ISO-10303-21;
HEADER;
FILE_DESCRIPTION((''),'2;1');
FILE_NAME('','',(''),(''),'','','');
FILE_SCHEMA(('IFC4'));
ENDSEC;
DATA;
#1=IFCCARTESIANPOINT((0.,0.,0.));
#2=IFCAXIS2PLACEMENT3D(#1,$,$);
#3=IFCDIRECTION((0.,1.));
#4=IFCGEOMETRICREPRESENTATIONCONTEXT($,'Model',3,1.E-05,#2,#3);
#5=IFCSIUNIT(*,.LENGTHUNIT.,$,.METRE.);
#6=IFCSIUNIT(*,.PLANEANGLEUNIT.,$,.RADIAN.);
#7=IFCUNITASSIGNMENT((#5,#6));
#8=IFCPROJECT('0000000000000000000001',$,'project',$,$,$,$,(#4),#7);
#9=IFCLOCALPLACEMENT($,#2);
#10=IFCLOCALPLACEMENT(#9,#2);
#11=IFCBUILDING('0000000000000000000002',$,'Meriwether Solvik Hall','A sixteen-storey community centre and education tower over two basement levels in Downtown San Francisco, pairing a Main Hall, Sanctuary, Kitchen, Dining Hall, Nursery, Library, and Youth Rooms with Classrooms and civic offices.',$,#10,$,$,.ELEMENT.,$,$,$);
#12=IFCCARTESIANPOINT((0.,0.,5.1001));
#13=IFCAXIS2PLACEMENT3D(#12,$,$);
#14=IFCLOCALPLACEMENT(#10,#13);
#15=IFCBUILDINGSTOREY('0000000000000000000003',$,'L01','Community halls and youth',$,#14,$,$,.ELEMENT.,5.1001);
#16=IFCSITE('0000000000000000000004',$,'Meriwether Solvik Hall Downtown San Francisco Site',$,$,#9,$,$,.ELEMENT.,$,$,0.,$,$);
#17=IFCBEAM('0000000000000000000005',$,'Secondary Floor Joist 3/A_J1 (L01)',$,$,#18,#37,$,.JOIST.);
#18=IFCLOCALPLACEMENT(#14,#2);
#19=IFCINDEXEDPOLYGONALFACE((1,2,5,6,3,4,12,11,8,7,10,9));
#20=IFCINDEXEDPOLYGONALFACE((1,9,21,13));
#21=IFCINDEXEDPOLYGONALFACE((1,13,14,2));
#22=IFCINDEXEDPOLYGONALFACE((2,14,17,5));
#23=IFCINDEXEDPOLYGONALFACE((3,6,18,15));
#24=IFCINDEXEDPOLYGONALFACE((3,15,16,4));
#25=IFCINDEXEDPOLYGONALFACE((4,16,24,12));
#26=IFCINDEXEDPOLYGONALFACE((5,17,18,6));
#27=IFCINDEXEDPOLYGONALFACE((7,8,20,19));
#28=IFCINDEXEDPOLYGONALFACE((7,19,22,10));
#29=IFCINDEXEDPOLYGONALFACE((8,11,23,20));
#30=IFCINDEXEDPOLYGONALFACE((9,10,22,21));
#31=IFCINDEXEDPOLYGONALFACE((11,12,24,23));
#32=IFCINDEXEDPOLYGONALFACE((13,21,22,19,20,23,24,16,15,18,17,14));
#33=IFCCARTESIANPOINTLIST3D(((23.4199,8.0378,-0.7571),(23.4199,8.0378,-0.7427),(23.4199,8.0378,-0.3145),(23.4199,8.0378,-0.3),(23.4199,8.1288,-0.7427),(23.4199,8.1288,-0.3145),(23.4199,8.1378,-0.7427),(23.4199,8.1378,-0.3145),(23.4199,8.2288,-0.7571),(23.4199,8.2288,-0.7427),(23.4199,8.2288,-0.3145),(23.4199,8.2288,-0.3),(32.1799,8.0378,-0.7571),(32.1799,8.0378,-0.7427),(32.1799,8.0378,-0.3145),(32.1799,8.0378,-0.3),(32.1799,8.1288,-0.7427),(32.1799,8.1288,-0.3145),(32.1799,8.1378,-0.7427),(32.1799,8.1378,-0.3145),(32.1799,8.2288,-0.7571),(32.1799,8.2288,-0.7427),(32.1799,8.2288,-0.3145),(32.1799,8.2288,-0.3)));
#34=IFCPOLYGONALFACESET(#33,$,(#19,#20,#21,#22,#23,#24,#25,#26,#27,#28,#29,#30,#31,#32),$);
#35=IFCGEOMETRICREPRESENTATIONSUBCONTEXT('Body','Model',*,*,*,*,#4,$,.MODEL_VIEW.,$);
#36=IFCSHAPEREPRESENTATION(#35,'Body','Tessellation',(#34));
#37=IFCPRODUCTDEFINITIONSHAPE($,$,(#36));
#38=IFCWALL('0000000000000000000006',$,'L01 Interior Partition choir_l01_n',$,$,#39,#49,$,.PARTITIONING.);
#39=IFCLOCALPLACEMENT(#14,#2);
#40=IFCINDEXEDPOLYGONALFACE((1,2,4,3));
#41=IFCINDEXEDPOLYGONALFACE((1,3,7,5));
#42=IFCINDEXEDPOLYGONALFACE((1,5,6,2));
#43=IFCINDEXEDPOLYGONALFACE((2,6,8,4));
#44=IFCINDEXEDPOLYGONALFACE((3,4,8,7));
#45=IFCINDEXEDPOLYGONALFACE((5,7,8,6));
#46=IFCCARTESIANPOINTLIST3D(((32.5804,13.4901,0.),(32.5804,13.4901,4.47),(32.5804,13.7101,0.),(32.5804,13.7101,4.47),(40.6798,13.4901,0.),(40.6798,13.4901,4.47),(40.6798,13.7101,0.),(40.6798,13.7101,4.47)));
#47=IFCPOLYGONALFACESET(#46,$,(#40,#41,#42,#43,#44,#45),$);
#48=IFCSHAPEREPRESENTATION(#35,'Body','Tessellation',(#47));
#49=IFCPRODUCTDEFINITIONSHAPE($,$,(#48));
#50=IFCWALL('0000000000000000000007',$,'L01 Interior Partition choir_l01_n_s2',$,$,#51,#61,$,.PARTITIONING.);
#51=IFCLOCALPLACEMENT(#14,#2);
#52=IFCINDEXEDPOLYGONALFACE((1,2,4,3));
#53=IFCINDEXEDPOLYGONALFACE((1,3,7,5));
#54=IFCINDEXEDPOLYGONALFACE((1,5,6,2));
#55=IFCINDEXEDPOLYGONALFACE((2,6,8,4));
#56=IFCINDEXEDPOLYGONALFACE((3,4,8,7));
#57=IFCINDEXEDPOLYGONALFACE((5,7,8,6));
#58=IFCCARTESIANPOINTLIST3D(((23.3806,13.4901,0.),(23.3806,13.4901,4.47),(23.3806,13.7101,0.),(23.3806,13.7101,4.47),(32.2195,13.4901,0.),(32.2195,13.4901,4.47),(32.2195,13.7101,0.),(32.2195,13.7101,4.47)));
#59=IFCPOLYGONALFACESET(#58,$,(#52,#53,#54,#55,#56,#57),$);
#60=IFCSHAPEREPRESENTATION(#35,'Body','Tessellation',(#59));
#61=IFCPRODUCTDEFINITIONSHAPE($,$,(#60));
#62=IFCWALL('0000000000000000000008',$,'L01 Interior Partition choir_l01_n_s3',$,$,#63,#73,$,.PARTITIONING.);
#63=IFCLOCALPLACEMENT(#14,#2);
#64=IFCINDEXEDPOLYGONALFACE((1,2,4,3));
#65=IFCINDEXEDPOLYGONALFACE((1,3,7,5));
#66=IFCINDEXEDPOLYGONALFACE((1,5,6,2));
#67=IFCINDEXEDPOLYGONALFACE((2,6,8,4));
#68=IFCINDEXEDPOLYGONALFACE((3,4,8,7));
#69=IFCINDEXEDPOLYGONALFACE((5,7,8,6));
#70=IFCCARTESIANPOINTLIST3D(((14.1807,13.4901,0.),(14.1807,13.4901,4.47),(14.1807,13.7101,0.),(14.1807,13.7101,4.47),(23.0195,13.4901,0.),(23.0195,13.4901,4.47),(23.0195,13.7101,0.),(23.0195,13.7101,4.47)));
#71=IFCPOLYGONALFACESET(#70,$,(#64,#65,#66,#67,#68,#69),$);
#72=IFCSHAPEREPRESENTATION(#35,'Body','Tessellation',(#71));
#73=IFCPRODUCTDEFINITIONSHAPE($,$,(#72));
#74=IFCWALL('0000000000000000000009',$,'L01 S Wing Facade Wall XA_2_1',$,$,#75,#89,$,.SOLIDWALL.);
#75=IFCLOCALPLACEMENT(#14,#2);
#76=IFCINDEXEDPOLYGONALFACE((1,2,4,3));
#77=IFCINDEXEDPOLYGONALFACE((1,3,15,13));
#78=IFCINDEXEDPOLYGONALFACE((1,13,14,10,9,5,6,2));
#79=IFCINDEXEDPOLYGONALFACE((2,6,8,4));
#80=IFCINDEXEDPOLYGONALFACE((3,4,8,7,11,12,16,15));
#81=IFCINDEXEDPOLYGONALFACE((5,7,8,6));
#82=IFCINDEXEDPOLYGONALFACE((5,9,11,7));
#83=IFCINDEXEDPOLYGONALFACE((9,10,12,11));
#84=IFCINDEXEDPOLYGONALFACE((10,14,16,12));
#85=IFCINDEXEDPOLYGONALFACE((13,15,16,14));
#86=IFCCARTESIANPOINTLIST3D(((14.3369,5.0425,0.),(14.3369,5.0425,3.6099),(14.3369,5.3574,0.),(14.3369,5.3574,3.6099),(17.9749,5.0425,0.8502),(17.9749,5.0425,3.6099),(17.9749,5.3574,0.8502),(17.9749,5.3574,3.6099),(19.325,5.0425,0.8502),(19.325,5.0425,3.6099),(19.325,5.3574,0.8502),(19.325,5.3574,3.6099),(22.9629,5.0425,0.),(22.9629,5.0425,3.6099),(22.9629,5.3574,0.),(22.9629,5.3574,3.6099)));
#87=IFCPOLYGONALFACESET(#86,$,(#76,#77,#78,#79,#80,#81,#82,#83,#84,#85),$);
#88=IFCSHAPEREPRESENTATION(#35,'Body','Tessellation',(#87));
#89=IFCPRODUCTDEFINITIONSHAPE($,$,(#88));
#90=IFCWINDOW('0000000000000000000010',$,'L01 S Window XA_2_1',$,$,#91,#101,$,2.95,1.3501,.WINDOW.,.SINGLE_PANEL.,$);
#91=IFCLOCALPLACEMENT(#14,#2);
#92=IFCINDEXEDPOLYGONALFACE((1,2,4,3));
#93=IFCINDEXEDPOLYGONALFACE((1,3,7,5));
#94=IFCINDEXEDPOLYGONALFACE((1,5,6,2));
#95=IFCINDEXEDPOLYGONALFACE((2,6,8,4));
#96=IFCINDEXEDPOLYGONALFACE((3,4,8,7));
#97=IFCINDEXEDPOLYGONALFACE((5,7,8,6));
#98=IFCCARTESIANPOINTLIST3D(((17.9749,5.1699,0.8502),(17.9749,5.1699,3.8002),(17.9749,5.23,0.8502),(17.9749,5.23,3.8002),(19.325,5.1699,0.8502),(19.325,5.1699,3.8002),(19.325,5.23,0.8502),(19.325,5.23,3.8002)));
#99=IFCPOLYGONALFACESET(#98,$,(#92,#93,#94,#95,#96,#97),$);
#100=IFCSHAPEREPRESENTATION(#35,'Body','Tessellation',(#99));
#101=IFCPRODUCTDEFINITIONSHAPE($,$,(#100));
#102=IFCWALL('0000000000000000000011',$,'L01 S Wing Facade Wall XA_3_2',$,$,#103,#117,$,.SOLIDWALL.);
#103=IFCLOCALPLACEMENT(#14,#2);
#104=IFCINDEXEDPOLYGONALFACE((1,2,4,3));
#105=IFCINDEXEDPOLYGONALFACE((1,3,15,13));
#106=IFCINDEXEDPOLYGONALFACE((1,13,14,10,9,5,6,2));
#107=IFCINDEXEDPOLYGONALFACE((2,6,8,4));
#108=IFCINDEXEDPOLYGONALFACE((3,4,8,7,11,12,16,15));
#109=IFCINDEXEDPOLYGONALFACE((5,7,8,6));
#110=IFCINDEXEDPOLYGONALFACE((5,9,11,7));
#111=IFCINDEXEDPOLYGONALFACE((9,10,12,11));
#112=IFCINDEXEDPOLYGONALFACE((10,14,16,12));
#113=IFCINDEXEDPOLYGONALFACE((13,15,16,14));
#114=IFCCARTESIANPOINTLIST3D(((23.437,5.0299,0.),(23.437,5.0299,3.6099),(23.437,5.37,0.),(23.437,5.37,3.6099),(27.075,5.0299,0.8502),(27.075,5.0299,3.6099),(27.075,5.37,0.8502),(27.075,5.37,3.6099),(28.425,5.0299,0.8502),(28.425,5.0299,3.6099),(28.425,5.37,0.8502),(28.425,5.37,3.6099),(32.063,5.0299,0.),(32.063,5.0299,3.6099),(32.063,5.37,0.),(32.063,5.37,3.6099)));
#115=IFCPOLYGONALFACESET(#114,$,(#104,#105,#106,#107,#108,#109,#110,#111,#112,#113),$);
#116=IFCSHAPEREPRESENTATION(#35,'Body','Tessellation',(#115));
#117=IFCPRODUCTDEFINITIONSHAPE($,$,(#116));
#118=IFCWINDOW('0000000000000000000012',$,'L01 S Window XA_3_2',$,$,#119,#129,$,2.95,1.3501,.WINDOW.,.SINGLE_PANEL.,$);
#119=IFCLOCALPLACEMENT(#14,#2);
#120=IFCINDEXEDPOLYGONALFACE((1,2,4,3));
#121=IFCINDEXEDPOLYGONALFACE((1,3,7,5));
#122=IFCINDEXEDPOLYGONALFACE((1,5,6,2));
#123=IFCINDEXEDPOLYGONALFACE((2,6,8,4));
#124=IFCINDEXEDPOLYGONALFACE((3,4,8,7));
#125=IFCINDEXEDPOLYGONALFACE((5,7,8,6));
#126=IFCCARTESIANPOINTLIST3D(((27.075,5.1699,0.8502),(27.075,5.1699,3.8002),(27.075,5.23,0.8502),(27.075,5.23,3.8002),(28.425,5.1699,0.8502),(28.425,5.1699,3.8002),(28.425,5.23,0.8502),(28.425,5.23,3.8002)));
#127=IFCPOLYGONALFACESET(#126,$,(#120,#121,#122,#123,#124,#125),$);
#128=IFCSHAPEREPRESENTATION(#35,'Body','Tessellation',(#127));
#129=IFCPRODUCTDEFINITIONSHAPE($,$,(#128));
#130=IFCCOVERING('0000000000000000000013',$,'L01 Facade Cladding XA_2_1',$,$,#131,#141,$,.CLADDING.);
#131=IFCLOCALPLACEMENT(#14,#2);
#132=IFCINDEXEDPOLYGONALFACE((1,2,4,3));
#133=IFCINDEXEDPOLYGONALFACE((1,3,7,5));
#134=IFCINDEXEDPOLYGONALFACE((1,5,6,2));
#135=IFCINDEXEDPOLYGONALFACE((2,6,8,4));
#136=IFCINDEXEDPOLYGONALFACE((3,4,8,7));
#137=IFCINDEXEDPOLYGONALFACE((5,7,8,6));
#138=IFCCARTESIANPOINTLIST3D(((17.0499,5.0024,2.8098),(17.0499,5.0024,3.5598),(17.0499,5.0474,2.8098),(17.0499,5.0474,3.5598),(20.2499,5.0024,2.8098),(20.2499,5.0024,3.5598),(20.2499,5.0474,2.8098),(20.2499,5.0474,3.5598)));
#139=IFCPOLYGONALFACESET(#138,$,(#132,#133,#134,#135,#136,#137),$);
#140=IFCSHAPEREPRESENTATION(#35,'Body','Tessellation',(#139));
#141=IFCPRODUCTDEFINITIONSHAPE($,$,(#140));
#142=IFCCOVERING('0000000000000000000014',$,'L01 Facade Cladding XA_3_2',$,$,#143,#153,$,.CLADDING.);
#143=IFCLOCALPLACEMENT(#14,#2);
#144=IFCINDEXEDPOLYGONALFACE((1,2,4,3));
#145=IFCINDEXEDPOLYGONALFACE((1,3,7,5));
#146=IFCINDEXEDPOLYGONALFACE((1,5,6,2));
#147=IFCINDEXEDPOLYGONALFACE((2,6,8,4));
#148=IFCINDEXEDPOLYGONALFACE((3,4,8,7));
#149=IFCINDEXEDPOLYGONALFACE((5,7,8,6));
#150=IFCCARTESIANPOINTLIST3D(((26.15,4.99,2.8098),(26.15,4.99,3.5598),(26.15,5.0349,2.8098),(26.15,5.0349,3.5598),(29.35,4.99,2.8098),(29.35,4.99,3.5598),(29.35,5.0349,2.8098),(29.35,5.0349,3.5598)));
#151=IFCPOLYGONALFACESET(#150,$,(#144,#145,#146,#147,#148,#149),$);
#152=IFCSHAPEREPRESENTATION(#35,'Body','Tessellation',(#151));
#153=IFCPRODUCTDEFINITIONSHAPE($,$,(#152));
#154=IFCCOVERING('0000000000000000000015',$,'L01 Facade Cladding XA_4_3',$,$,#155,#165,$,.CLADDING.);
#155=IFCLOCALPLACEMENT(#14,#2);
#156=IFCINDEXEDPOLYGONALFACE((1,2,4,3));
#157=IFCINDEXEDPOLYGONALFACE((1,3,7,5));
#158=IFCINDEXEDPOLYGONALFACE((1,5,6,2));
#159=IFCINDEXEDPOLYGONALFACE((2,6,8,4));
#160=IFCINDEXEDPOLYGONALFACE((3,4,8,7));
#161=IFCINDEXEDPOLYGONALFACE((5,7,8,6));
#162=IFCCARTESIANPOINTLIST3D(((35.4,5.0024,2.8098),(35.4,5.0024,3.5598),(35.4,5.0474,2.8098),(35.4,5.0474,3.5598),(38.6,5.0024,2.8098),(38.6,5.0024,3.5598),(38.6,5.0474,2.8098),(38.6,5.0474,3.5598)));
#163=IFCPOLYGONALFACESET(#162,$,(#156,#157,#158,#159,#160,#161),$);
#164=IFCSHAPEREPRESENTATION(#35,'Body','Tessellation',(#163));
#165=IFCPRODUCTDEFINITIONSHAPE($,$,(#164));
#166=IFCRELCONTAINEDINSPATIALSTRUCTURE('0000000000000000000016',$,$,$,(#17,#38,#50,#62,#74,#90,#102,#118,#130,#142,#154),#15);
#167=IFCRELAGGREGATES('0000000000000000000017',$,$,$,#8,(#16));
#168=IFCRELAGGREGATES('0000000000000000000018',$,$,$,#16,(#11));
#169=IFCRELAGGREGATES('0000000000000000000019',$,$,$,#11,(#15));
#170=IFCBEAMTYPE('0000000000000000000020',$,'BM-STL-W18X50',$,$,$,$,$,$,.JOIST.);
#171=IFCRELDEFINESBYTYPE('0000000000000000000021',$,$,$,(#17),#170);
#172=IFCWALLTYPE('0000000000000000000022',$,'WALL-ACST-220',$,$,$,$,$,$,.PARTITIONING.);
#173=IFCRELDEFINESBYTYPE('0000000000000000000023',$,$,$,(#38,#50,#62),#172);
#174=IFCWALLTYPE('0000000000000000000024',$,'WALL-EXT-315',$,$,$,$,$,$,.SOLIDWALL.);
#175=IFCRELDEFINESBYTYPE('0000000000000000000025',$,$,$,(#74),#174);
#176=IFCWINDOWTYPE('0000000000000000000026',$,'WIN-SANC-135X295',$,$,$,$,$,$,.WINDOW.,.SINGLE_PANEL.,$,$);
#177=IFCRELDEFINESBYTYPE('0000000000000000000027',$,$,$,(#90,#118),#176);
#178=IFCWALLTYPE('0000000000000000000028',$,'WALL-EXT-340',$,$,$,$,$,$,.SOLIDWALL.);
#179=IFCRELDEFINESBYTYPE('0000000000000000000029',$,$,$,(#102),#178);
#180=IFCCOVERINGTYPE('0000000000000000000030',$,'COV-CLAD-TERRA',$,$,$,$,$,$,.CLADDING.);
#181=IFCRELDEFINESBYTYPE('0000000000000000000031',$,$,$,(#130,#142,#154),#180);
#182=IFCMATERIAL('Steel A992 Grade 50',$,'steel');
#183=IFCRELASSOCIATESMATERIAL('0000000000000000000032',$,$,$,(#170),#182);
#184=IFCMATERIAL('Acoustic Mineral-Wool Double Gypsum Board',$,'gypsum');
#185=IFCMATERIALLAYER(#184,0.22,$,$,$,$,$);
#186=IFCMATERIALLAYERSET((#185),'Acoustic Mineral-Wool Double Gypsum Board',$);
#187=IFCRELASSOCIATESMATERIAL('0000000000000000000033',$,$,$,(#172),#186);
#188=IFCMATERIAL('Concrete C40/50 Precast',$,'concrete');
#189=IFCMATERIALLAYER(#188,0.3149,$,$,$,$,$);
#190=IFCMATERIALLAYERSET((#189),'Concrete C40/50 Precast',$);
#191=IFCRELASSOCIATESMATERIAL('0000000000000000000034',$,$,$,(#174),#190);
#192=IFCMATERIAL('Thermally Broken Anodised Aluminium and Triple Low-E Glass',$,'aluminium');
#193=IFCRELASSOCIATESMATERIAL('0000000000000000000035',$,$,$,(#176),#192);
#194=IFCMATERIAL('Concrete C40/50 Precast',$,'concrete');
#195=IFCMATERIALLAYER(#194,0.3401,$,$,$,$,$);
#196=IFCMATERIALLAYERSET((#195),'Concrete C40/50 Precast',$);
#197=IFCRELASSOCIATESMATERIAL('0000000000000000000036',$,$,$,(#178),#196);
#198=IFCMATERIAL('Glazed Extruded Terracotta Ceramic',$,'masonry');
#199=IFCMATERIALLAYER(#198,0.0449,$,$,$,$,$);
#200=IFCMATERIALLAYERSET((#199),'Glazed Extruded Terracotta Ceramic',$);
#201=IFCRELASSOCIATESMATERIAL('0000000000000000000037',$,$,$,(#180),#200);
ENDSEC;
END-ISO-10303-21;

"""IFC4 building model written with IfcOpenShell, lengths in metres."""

from ifc_helpers import new_model, si_unit, direction, frame, frame_2d, origin, origin_2d, place, context, subcontext, project, spatial, rectangle, i_section, extrude, material, layer, layer_set, material_profile, profile_set, type_object, element, fill, save


model = new_model("IFC4")

# Units and contexts
model_context = context("Model", 3, precision=1e-05, world=origin(), true_north=direction((0.0, 1.0)))
body_context = subcontext(model_context, "Body", "Model", "MODEL_VIEW")
ifc_project = project(units=[si_unit("LENGTHUNIT", "METRE"), si_unit("PLANEANGLEUNIT", "RADIAN")], contexts=[model_context])

# Site, building, storey
site_placement = place(None, origin())
site = spatial("IfcSite", under=ifc_project, at=site_placement, Name="Meriwether Solvik Hall Downtown San Francisco Site", CompositionType="ELEMENT", RefElevation=0.0)
building_placement = place(site_placement, origin())
building = spatial("IfcBuilding", under=site, at=building_placement, Name="Meriwether Solvik Hall", Description="A sixteen-storey community centre and education tower over two basement levels in Downtown San Francisco, pairing a Main Hall, Sanctuary, Kitchen, Dining Hall, Nursery, Library, and Youth Rooms with Classrooms and civic offices.", CompositionType="ELEMENT")
storey_placement = place(building_placement, frame((0.0, 0.0, 5.1001)))
storey = spatial("IfcBuildingStorey", under=building, at=storey_placement, Name="L01", Description="Community halls and youth", CompositionType="ELEMENT", Elevation=5.1001)

# Beam
ifc_material_1 = material(Name="Steel A992 Grade 50", Category="steel")
ifc_material_profile_1 = material_profile(ifc_material_1, i_section(OverallWidth=0.1909, OverallDepth=0.457, WebThickness=0.009, FlangeThickness=0.0144, at=origin_2d()), Name="W18X50")
ifc_profile_set_1 = profile_set([ifc_material_profile_1], Name="Steel A992 Grade 50")
beam_type_1 = type_object("IfcBeamType", Name="BM-STL-W18X50", PredefinedType="JOIST", material=ifc_profile_set_1)
beam_1_placement = place(storey_placement, frame((23.4199, 8.1333, -0.5286), z_axis=(1.0, 0.0, 0.0), x_axis=(0.0, 1.0, 0.0)))
element("IfcBeam", 1, at=beam_1_placement, inside=storey, type_object=beam_type_1, Name="Secondary Floor Joist 3/A_J1 (L01)", PredefinedType="JOIST", context=body_context, shape_type="SweptSolid", body=[
    extrude(i_section(OverallWidth=0.1909, OverallDepth=0.457, WebThickness=0.009, FlangeThickness=0.0144, at=origin_2d()), origin(), (0.0, 0.0, 1.0), 8.76),
])

# Walls
ifc_material_2 = material(Name="Acoustic Mineral-Wool Double Gypsum Board", Category="gypsum")
ifc_layer_1 = layer(ifc_material_2, 0.22)
ifc_layer_set_1 = layer_set([ifc_layer_1], Name="Acoustic Mineral-Wool Double Gypsum Board")
wall_type_1 = type_object("IfcWallType", Name="WALL-ACST-220", PredefinedType="PARTITIONING", material=ifc_layer_set_1)
wall_1_placement = place(storey_placement, frame((40.6799, 13.6001, 0.0), z_axis=(0.0, 0.0, 1.0), x_axis=(-1.0, 0.0, 0.0)))
element("IfcWall", 2, at=wall_1_placement, inside=storey, type_object=wall_type_1, Name="L01 Interior Partition choir_l01_n", PredefinedType="PARTITIONING", context=body_context, shape_type="SweptSolid", body=[
    extrude(rectangle(XDim=8.0994, YDim=0.22, at=frame_2d((4.0498, 0.0))), origin(), (0.0, 0.0, 1.0), 4.47),
])
for number, where, z_axis, x_axis, name in (
    (3, (32.2195, 13.6001, 0.0), (0.0, 0.0, 1.0), (-1.0, 0.0, 0.0), "L01 Interior Partition choir_l01_n_s2"),
    (4, (23.0195, 13.6001, 0.0), (0.0, 0.0, 1.0), (-1.0, 0.0, 0.0), "L01 Interior Partition choir_l01_n_s3"),
):
    element("IfcWall", number, at=place(storey_placement, frame(where, z_axis=z_axis, x_axis=x_axis)), inside=storey, type_object=wall_type_1, Name=name, PredefinedType="PARTITIONING", context=body_context, shape_type="SweptSolid", body=[
        extrude(rectangle(XDim=8.8389, YDim=0.22, at=frame_2d((4.4194, 0.0))), origin(), (0.0, 0.0, 1.0), 4.47),
    ])

# Walls, openings, windows
ifc_material_3 = material(Name="Concrete C40/50 Precast", Category="concrete")
ifc_layer_2 = layer(ifc_material_3, 0.3149)
ifc_layer_set_2 = layer_set([ifc_layer_2], Name="Concrete C40/50 Precast")
wall_type_2 = type_object("IfcWallType", Name="WALL-EXT-315", PredefinedType="SOLIDWALL", material=ifc_layer_set_2)
wall_2_placement = place(storey_placement, frame((22.9629, 5.2, 0.0), z_axis=(0.0, 0.0, 1.0), x_axis=(-1.0, 0.0, 0.0)))
wall_2 = element("IfcWall", 5, at=wall_2_placement, inside=storey, type_object=wall_type_2, Name="L01 S Wing Facade Wall XA_2_1", PredefinedType="SOLIDWALL", context=body_context, shape_type="SweptSolid", body=[
    extrude(rectangle(XDim=8.626, YDim=0.3149, at=frame_2d((4.313, 0.0))), origin(), (0.0, 0.0, 1.0), 3.6099),
])
opening_1_placement = place(wall_2_placement, frame((3.6379, 0.0, 0.8501)))
opening_1 = element("IfcOpeningElement", 6, at=opening_1_placement, cuts=wall_2, PredefinedType="OPENING", context=body_context, shape_type="SweptSolid", body=[
    extrude(rectangle(XDim=1.3501, YDim=2.95, at=frame_2d((0.675, 1.4751))), frame((0.0, 0.1694, 0.0), z_axis=(0.0, -1.0, 0.0), x_axis=(1.0, 0.0, 0.0)), (0.0, 0.0, 1.0), 0.3389),
])
ifc_material_4 = material(Name="Thermally Broken Anodised Aluminium and Triple Low-E Glass", Category="aluminium")
window_type = type_object("IfcWindowType", Name="WIN-SANC-135X295", PartitioningType="SINGLE_PANEL", PredefinedType="WINDOW", material=ifc_material_4)
window_1_placement = place(opening_1_placement, origin())
window_1 = element("IfcWindow", 7, at=window_1_placement, inside=storey, type_object=window_type, Name="L01 S Window XA_2_1", OverallHeight=2.95, OverallWidth=1.3501, PartitioningType="SINGLE_PANEL", PredefinedType="WINDOW", context=body_context, shape_type="SweptSolid", body=[
    extrude(rectangle(XDim=1.3501, YDim=2.95, at=frame_2d((0.675, 1.4751))), frame((0.0, 0.03, 0.0), z_axis=(0.0, -1.0, 0.0), x_axis=(1.0, 0.0, 0.0)), (0.0, 0.0, 1.0), 0.0601),
])
fill(opening_1, window_1)
ifc_material_5 = material(Name="Concrete C40/50 Precast", Category="concrete")
ifc_layer_3 = layer(ifc_material_5, 0.3401)
ifc_layer_set_3 = layer_set([ifc_layer_3], Name="Concrete C40/50 Precast")
wall_type_3 = type_object("IfcWallType", Name="WALL-EXT-340", PredefinedType="SOLIDWALL", material=ifc_layer_set_3)
wall_3_placement = place(storey_placement, frame((32.063, 5.2, 0.0), z_axis=(0.0, 0.0, 1.0), x_axis=(-1.0, 0.0, 0.0)))
wall_3 = element("IfcWall", 8, at=wall_3_placement, inside=storey, type_object=wall_type_3, Name="L01 S Wing Facade Wall XA_3_2", PredefinedType="SOLIDWALL", context=body_context, shape_type="SweptSolid", body=[
    extrude(rectangle(XDim=8.626, YDim=0.3401, at=frame_2d((4.313, 0.0))), origin(), (0.0, 0.0, 1.0), 3.6099),
])
opening_2_placement = place(wall_3_placement, frame((3.6379, 0.0, 0.8501)))
opening_2 = element("IfcOpeningElement", 9, at=opening_2_placement, cuts=wall_3, PredefinedType="OPENING", context=body_context, shape_type="SweptSolid", body=[
    extrude(rectangle(XDim=1.3501, YDim=2.95, at=frame_2d((0.675, 1.4751))), frame((0.0, 0.1821, 0.0), z_axis=(0.0, -1.0, 0.0), x_axis=(1.0, 0.0, 0.0)), (0.0, 0.0, 1.0), 0.364),
])
window_2_placement = place(opening_2_placement, origin())
window_2 = element("IfcWindow", 10, at=window_2_placement, inside=storey, type_object=window_type, Name="L01 S Window XA_3_2", OverallHeight=2.95, OverallWidth=1.3501, PartitioningType="SINGLE_PANEL", PredefinedType="WINDOW", context=body_context, shape_type="SweptSolid", body=[
    extrude(rectangle(XDim=1.3501, YDim=2.95, at=frame_2d((0.675, 1.4751))), frame((0.0, 0.03, 0.0), z_axis=(0.0, -1.0, 0.0), x_axis=(1.0, 0.0, 0.0)), (0.0, 0.0, 1.0), 0.0601),
])
fill(opening_2, window_2)

# Coverings
ifc_material_6 = material(Name="Glazed Extruded Terracotta Ceramic", Category="masonry")
ifc_layer_4 = layer(ifc_material_6, 0.0449)
ifc_layer_set_4 = layer_set([ifc_layer_4], Name="Glazed Extruded Terracotta Ceramic")
covering_type = type_object("IfcCoveringType", Name="COV-CLAD-TERRA", PredefinedType="CLADDING", material=ifc_layer_set_4)
for number, where, z_axis, x_axis, name in (
    (11, (18.6499, 5.0249, 2.8098), (0.0, 0.0, 1.0), (-1.0, 0.0, 0.0), "L01 Facade Cladding XA_2_1"),
    (12, (27.75, 5.0125, 2.8098), (0.0, 0.0, 1.0), (-1.0, 0.0, 0.0), "L01 Facade Cladding XA_3_2"),
    (13, (37.0, 5.0249, 2.8098), (0.0, 0.0, 1.0), (-1.0, 0.0, 0.0), "L01 Facade Cladding XA_4_3"),
):
    element("IfcCovering", number, at=place(storey_placement, frame(where, z_axis=z_axis, x_axis=x_axis)), inside=storey, type_object=covering_type, Name=name, PredefinedType="CLADDING", context=body_context, shape_type="SweptSolid", body=[
        extrude(rectangle(XDim=3.2, YDim=0.0449, at=origin_2d()), origin(), (0.0, 0.0, 1.0), 0.75),
    ])

save(model, "model.ifc")
